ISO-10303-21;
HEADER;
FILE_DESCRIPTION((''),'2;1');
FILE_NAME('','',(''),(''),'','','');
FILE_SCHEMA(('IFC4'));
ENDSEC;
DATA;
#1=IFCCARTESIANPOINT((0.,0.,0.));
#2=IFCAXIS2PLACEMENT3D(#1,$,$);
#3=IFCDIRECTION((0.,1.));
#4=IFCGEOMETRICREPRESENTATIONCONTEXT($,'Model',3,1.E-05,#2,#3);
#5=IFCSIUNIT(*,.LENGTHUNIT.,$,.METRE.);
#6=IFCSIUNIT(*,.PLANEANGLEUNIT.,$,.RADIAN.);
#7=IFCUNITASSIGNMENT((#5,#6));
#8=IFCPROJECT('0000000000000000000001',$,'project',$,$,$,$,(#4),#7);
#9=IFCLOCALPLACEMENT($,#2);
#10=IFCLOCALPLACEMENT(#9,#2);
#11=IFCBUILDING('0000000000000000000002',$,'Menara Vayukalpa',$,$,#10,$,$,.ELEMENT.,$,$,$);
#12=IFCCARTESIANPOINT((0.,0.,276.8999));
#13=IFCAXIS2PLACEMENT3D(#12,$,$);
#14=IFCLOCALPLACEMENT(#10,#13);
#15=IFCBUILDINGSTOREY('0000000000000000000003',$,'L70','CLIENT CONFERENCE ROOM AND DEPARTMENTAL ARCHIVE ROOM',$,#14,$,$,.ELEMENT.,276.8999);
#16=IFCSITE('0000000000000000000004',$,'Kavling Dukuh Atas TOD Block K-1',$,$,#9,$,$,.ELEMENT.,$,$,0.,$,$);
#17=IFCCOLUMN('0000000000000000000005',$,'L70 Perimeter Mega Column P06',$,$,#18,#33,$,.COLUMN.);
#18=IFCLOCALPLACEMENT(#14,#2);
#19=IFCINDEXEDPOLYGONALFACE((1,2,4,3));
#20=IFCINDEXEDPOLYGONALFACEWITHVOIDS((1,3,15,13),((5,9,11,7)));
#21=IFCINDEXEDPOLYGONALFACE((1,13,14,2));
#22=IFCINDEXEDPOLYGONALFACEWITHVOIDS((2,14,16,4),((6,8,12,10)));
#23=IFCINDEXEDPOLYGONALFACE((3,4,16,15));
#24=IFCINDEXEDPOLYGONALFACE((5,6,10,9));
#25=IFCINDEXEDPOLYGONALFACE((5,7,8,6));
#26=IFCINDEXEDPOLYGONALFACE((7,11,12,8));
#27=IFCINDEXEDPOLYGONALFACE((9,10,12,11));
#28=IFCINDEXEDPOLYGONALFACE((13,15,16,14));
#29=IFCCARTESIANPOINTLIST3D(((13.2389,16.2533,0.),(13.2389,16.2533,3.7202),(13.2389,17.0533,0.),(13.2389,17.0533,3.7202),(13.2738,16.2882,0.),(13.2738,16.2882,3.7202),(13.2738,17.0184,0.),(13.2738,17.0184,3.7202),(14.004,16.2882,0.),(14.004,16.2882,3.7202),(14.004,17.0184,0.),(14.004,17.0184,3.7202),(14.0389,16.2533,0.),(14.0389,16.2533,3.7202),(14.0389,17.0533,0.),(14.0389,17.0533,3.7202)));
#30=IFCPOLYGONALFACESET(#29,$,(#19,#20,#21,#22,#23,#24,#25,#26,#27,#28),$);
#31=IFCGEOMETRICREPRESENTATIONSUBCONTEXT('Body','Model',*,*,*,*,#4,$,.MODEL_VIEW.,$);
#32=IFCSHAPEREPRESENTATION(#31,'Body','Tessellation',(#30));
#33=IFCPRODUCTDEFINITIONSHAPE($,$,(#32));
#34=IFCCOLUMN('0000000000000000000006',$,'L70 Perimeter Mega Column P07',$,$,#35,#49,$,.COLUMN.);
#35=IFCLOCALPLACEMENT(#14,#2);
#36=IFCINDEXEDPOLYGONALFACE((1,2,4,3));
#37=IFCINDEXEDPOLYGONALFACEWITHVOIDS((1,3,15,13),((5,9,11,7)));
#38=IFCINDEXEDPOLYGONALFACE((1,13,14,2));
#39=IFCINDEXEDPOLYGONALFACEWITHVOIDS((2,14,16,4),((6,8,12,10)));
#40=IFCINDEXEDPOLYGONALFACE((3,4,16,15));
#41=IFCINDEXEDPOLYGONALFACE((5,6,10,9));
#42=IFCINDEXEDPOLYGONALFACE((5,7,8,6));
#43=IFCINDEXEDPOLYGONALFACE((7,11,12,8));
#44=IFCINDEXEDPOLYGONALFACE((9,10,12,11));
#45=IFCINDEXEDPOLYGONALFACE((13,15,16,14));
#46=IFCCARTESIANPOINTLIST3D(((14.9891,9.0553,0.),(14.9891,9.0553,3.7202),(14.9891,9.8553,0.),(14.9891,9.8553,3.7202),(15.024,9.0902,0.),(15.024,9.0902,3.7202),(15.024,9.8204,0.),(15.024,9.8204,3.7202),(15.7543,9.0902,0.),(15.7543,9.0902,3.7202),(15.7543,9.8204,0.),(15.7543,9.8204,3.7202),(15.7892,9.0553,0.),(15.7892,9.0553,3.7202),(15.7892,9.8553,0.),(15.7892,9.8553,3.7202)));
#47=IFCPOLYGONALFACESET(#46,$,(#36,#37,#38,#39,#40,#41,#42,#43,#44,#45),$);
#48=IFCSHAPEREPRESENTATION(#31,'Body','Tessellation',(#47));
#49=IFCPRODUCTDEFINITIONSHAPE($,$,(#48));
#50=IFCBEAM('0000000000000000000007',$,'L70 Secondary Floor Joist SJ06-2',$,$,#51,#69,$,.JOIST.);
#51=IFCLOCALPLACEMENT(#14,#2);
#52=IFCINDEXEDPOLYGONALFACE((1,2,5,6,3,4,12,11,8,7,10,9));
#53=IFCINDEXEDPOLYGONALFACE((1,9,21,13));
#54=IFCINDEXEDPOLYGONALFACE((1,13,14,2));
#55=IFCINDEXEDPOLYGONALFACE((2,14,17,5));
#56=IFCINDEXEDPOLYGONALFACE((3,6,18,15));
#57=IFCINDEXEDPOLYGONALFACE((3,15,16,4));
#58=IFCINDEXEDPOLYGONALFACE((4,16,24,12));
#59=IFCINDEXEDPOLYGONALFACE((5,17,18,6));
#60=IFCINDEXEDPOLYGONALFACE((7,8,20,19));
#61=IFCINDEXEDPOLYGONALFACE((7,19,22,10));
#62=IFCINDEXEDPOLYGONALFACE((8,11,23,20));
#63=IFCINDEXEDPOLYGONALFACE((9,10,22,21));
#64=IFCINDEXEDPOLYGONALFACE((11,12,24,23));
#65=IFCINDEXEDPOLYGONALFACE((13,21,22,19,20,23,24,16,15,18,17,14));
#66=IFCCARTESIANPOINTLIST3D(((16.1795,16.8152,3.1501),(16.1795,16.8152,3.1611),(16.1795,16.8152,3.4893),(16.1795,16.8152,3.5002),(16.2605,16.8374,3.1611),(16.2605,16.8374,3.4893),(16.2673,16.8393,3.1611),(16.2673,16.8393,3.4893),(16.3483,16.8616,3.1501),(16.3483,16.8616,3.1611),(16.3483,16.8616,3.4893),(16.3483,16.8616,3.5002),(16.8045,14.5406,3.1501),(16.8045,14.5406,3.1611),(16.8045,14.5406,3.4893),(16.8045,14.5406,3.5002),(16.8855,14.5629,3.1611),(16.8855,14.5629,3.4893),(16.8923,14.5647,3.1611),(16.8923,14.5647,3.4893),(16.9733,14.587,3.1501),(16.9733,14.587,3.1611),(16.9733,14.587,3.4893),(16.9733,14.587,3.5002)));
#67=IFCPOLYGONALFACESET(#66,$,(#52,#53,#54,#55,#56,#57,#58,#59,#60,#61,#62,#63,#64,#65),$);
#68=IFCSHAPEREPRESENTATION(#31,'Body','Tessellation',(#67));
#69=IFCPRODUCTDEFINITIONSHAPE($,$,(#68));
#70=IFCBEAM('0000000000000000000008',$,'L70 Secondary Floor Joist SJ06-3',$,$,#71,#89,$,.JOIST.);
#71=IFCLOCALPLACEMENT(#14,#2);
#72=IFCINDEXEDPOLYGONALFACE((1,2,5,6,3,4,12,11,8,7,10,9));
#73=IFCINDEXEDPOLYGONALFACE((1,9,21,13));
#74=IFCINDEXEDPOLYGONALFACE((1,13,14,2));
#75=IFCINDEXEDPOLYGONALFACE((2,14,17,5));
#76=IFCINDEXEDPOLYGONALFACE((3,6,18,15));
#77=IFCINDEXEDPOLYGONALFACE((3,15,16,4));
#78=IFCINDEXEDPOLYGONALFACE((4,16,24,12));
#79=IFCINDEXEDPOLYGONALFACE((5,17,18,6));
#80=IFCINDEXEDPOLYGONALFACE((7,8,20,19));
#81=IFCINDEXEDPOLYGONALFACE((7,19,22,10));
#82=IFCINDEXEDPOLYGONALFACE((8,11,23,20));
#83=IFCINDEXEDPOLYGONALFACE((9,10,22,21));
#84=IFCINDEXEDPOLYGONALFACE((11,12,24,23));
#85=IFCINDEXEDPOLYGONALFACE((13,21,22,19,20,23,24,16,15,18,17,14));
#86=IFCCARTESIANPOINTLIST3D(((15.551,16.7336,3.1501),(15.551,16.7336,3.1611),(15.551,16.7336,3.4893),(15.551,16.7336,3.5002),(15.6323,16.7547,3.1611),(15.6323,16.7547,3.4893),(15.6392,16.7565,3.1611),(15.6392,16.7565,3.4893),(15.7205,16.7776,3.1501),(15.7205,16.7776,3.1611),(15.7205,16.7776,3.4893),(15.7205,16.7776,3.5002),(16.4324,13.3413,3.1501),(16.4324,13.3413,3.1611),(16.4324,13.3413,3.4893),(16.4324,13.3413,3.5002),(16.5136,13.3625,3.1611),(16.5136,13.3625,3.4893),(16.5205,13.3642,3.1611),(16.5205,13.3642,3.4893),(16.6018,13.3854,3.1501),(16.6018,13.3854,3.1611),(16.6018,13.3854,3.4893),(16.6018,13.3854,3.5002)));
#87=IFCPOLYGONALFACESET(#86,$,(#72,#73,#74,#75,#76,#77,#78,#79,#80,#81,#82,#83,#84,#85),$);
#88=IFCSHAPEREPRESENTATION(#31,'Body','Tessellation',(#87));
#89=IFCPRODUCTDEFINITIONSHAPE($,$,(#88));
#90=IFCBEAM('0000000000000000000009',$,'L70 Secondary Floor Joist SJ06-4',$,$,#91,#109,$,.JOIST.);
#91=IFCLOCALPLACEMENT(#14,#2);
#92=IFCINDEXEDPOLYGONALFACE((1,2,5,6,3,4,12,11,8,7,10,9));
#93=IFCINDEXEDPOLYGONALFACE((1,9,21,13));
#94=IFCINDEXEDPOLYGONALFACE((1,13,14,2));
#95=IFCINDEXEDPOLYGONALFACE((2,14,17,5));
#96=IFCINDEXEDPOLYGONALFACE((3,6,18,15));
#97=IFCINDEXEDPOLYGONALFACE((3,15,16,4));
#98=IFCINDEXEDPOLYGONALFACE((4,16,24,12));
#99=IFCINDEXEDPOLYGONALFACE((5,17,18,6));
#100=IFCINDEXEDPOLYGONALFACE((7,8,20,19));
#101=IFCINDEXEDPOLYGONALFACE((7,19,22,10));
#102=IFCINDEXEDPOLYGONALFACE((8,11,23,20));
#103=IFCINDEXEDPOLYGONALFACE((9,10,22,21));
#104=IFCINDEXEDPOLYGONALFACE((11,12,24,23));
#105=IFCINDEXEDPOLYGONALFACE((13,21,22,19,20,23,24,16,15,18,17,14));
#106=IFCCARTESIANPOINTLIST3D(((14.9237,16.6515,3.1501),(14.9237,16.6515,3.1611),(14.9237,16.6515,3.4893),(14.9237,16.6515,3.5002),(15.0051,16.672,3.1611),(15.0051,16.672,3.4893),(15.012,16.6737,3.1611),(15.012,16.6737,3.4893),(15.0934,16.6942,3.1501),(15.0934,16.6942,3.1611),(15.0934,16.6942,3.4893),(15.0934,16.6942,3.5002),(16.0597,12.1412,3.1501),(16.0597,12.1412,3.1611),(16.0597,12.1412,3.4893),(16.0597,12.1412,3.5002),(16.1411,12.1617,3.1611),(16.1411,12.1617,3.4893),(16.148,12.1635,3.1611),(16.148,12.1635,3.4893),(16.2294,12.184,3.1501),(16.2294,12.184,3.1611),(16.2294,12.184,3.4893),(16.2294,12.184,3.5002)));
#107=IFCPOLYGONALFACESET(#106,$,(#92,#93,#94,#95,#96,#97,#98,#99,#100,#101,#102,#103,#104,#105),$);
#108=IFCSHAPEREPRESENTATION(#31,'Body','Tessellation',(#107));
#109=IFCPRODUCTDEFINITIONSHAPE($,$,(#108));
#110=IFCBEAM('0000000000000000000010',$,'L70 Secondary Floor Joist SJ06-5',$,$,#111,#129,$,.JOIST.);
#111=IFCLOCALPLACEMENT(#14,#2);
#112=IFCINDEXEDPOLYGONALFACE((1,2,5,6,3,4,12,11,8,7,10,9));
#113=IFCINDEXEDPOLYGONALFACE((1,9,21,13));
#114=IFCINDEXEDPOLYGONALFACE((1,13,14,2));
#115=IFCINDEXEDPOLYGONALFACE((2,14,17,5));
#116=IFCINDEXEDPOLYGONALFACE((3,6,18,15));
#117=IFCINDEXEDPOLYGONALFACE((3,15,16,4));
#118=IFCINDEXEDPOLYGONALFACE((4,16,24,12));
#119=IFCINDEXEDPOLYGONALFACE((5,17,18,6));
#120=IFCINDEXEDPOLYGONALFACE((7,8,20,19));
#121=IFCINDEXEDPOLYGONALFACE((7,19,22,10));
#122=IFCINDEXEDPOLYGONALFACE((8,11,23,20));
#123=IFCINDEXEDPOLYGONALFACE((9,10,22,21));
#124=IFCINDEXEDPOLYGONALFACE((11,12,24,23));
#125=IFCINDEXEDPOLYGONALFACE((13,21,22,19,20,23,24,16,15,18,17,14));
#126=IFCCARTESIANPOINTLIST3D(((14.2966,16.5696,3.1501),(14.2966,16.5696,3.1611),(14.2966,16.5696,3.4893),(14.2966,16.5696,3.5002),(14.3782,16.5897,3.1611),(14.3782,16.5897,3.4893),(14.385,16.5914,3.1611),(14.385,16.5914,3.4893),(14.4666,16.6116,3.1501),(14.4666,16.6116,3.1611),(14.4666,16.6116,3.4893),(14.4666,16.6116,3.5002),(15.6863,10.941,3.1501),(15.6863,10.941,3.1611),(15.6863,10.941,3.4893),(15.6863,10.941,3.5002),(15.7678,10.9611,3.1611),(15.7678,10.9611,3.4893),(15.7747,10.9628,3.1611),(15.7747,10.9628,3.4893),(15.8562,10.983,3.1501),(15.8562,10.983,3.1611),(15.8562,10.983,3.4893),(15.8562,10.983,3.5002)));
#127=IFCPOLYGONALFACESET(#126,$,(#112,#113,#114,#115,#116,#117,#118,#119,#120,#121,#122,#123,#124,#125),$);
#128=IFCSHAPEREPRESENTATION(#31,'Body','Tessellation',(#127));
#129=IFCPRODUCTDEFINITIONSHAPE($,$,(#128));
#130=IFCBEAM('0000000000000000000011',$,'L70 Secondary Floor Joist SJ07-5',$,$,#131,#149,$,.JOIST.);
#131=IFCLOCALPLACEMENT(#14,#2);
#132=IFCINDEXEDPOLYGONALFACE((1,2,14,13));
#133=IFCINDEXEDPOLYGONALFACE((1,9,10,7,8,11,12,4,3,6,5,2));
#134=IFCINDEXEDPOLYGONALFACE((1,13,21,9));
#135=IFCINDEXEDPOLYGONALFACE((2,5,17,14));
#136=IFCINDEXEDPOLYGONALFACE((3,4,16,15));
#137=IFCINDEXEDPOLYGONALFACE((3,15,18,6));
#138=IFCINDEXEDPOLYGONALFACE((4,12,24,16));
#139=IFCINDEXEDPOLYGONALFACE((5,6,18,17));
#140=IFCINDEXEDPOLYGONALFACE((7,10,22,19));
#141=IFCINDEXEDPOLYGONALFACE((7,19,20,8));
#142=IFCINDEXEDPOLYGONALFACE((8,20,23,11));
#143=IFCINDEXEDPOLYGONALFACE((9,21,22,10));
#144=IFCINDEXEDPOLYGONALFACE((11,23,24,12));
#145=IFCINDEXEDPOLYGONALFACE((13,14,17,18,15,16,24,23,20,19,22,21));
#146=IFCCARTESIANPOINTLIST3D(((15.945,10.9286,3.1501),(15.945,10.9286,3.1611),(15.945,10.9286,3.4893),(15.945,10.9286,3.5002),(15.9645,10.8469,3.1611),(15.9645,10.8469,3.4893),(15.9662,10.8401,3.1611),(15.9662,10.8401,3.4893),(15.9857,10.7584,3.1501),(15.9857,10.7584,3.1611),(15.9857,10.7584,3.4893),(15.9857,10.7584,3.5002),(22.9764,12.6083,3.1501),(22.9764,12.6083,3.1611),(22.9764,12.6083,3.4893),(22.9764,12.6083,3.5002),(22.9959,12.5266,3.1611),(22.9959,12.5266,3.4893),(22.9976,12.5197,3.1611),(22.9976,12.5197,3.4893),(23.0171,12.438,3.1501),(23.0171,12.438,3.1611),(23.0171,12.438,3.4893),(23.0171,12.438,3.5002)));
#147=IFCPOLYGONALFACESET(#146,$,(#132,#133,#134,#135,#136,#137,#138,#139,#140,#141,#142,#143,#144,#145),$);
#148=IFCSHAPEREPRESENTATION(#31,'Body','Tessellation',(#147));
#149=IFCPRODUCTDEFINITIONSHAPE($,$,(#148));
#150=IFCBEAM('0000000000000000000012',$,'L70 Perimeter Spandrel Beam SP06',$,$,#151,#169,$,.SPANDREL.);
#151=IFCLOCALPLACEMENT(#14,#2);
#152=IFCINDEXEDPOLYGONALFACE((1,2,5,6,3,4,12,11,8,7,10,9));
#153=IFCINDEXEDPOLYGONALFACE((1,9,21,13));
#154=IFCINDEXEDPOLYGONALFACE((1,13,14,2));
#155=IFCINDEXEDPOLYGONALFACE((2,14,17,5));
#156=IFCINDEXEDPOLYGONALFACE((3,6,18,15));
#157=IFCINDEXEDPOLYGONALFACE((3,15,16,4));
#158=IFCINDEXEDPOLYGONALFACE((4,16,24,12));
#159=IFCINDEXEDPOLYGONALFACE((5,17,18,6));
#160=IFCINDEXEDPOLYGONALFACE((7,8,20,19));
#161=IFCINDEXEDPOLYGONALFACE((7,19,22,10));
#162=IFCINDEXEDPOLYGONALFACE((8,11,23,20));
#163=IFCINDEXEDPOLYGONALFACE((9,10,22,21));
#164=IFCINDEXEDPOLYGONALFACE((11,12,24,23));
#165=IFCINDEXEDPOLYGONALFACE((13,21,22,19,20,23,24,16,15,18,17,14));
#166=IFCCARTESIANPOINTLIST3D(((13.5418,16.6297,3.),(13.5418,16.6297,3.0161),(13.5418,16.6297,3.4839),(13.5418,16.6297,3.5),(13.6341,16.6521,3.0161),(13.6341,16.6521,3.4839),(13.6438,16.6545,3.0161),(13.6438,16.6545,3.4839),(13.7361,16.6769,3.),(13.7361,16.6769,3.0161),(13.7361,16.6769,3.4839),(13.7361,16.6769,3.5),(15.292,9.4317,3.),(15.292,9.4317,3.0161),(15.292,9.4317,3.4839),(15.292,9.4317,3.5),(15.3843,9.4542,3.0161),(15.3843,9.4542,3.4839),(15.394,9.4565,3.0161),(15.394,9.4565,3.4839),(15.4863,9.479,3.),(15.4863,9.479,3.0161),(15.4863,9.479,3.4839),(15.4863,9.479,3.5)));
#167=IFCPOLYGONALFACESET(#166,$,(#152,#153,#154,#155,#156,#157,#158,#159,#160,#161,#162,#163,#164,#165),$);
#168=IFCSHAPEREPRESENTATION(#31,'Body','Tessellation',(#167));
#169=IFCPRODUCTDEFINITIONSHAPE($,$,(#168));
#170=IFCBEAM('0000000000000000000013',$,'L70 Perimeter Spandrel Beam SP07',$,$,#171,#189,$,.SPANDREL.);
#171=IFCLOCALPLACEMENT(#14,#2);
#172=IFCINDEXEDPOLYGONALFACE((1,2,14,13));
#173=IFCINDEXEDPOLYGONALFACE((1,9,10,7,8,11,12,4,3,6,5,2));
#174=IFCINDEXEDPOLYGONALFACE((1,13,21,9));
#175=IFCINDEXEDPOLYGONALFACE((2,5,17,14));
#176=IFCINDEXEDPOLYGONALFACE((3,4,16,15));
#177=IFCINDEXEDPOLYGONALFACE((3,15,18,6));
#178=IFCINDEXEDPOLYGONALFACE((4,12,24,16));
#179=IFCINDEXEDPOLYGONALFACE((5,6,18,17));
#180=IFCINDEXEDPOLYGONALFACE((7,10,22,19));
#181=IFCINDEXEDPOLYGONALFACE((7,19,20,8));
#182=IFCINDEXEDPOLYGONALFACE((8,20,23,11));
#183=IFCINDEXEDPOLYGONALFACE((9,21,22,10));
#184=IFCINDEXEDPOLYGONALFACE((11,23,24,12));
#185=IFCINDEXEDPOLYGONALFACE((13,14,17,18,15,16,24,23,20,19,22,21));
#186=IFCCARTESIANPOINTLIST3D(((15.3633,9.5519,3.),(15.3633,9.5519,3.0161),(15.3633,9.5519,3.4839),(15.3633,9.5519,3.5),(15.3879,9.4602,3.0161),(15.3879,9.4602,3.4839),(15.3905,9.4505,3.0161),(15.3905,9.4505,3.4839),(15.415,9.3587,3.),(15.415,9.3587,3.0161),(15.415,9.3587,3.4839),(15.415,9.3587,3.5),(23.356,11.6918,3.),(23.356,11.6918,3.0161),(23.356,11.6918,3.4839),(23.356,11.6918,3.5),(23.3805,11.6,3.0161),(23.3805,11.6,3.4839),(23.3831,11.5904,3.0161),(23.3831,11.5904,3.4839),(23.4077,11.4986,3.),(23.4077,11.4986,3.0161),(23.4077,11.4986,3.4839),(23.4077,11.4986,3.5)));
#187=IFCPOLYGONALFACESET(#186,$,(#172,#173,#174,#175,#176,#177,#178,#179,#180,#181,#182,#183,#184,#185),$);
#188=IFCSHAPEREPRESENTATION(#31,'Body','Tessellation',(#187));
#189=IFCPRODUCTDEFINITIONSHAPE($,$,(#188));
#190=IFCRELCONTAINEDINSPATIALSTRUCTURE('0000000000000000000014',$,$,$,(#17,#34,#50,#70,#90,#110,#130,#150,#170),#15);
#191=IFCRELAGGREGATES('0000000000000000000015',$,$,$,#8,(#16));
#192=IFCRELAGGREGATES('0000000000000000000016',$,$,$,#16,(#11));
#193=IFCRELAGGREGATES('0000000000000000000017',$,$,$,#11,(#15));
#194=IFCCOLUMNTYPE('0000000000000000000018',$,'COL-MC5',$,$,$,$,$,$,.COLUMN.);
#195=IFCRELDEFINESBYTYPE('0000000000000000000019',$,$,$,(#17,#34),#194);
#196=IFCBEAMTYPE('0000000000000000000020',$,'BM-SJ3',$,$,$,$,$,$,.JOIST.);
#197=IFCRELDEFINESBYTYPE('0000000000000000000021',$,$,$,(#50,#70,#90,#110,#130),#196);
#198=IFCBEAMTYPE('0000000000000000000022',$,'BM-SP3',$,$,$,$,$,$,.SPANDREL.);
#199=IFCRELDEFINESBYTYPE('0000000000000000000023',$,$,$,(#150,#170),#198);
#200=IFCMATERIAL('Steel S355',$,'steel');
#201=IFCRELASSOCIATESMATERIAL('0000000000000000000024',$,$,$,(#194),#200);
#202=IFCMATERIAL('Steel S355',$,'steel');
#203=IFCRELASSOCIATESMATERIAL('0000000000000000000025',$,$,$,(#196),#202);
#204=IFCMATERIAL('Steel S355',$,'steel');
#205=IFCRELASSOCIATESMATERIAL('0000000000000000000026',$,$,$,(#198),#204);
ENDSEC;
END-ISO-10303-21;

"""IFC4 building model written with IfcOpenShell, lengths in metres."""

from ifc_helpers import new_model, si_unit, direction, frame, origin, origin_2d, place, context, subcontext, project, spatial, hollow_rectangle, i_section, extrude, material, material_profile, profile_set, type_object, element, save


model = new_model("IFC4")

# Units and contexts
model_context = context("Model", 3, precision=1e-05, world=origin(), true_north=direction((0.0, 1.0)))
body_context = subcontext(model_context, "Body", "Model", "MODEL_VIEW")
ifc_project = project(units=[si_unit("LENGTHUNIT", "METRE"), si_unit("PLANEANGLEUNIT", "RADIAN")], contexts=[model_context])

# Site, building, storey
site_placement = place(None, origin())
site = spatial("IfcSite", under=ifc_project, at=site_placement, Name="Kavling Dukuh Atas TOD Block K-1", CompositionType="ELEMENT", RefElevation=0.0)
building_placement = place(site_placement, origin())
building = spatial("IfcBuilding", under=site, at=building_placement, Name="Menara Vayukalpa", CompositionType="ELEMENT")
storey_placement = place(building_placement, frame((0.0, 0.0, 276.8999)))
storey = spatial("IfcBuildingStorey", under=building, at=storey_placement, Name="L70", Description="CLIENT CONFERENCE ROOM AND DEPARTMENTAL ARCHIVE ROOM", CompositionType="ELEMENT", Elevation=276.8999)

# Columns
ifc_material_1 = material(Name="Steel S355", Category="steel")
ifc_material_profile_1 = material_profile(ifc_material_1, hollow_rectangle(XDim=0.8, YDim=0.8, WallThickness=0.0349, at=origin_2d()), Name="BOX 800x800x35")
ifc_profile_set_1 = profile_set([ifc_material_profile_1], Name="Steel S355")
column_type = type_object("IfcColumnType", Name="COL-MC5", PredefinedType="COLUMN", material=ifc_profile_set_1)
for number, where, z_axis, x_axis, name in (
    (1, (13.6389, 16.6533, 0.0), (0.0, 0.0, 1.0), (1.0, 0.0, 0.0), "L70 Perimeter Mega Column P06"),
    (2, (15.3892, 9.4553, 0.0), (0.0, 0.0, 1.0), (1.0, 0.0, 0.0), "L70 Perimeter Mega Column P07"),
):
    element("IfcColumn", number, at=place(storey_placement, frame(where, z_axis=z_axis, x_axis=x_axis)), inside=storey, type_object=column_type, Name=name, PredefinedType="COLUMN", context=body_context, shape_type="SweptSolid", body=[
        extrude(hollow_rectangle(XDim=0.8, YDim=0.8, WallThickness=0.0349, at=origin_2d()), origin(), (0.0, 0.0, 1.0), 3.7202),
    ])

# Beams
ifc_material_2 = material(Name="Steel S355", Category="steel")
ifc_material_profile_2 = material_profile(ifc_material_2, i_section(OverallWidth=0.175, OverallDepth=0.3501, WebThickness=0.0071, FlangeThickness=0.011, at=origin_2d()), Name="WF 350x175x7x11")
ifc_profile_set_2 = profile_set([ifc_material_profile_2], Name="Steel S355")
beam_type_1 = type_object("IfcBeamType", Name="BM-SJ3", PredefinedType="JOIST", material=ifc_profile_set_2)
beam_1_placement = place(storey_placement, frame((16.2639, 16.8384, 3.3252), z_axis=(0.264947, -0.964263, 0.0), x_axis=(0.964263, 0.264947, 0.0)))
element("IfcBeam", 3, at=beam_1_placement, inside=storey, type_object=beam_type_1, Name="L70 Secondary Floor Joist SJ06-2", PredefinedType="JOIST", context=body_context, shape_type="SweptSolid", body=[
    extrude(i_section(OverallWidth=0.175, OverallDepth=0.3501, WebThickness=0.0071, FlangeThickness=0.011, at=origin_2d()), origin(), (0.0, 0.0, 1.0), 2.3589),
])
beam_2_placement = place(storey_placement, frame((15.6357, 16.7556, 3.3252), z_axis=(0.251458, -0.967868, 0.0), x_axis=(0.967868, 0.251458, 0.0)))
element("IfcBeam", 4, at=beam_2_placement, inside=storey, type_object=beam_type_1, Name="L70 Secondary Floor Joist SJ06-3", PredefinedType="JOIST", context=body_context, shape_type="SweptSolid", body=[
    extrude(i_section(OverallWidth=0.175, OverallDepth=0.3501, WebThickness=0.0071, FlangeThickness=0.011, at=origin_2d()), origin(), (0.0, 0.0, 1.0), 3.5049),
])
beam_3_placement = place(storey_placement, frame((15.0085, 16.6729, 3.3252), z_axis=(0.24424, -0.969715, 0.0), x_axis=(0.969715, 0.24424, 0.0)))
element("IfcBeam", 5, at=beam_3_placement, inside=storey, type_object=beam_type_1, Name="L70 Secondary Floor Joist SJ06-4", PredefinedType="JOIST", context=body_context, shape_type="SweptSolid", body=[
    extrude(i_section(OverallWidth=0.175, OverallDepth=0.3501, WebThickness=0.0071, FlangeThickness=0.011, at=origin_2d()), origin(), (0.0, 0.0, 1.0), 4.6511),
])
beam_4_placement = place(storey_placement, frame((14.3816, 16.5906, 3.3252), z_axis=(0.239691, -0.970849, 0.0), x_axis=(0.970849, 0.239691, 0.0)))
element("IfcBeam", 6, at=beam_4_placement, inside=storey, type_object=beam_type_1, Name="L70 Secondary Floor Joist SJ06-5", PredefinedType="JOIST", context=body_context, shape_type="SweptSolid", body=[
    extrude(i_section(OverallWidth=0.175, OverallDepth=0.3501, WebThickness=0.0071, FlangeThickness=0.011, at=origin_2d()), origin(), (0.0, 0.0, 1.0), 5.7976),
])
beam_5_placement = place(storey_placement, frame((15.9653, 10.8435, 3.3252), z_axis=(0.972634, 0.232343, 0.0), x_axis=(-0.232343, 0.972634, 0.0)))
element("IfcBeam", 7, at=beam_5_placement, inside=storey, type_object=beam_type_1, Name="L70 Secondary Floor Joist SJ07-5", PredefinedType="JOIST", context=body_context, shape_type="SweptSolid", body=[
    extrude(i_section(OverallWidth=0.175, OverallDepth=0.3501, WebThickness=0.0071, FlangeThickness=0.011, at=origin_2d()), origin(), (0.0, 0.0, 1.0), 7.2292),
])
ifc_material_3 = material(Name="Steel S355", Category="steel")
ifc_material_profile_3 = material_profile(ifc_material_3, i_section(OverallWidth=0.2, OverallDepth=0.5, WebThickness=0.01, FlangeThickness=0.0161, at=origin_2d()), Name="WF 500x200x10x16")
ifc_profile_set_3 = profile_set([ifc_material_profile_3], Name="Steel S355")
beam_type_2 = type_object("IfcBeamType", Name="BM-SP3", PredefinedType="SPANDREL", material=ifc_profile_set_3)
beam_6_placement = place(storey_placement, frame((13.6389, 16.6533, 3.25), z_axis=(0.236273, -0.971687, 0.0), x_axis=(0.971687, 0.236273, 0.0)))
element("IfcBeam", 8, at=beam_6_placement, inside=storey, type_object=beam_type_2, Name="L70 Perimeter Spandrel Beam SP06", PredefinedType="SPANDREL", context=body_context, shape_type="SweptSolid", body=[
    extrude(i_section(OverallWidth=0.2, OverallDepth=0.5, WebThickness=0.01, FlangeThickness=0.0161, at=origin_2d()), origin(), (0.0, 0.0, 1.0), 7.4077),
])
beam_7_placement = place(storey_placement, frame((15.3892, 9.4553, 3.25), z_axis=(0.965978, 0.258623, 0.0), x_axis=(-0.258623, 0.965978, 0.0)))
element("IfcBeam", 9, at=beam_7_placement, inside=storey, type_object=beam_type_2, Name="L70 Perimeter Spandrel Beam SP07", PredefinedType="SPANDREL", context=body_context, shape_type="SweptSolid", body=[
    extrude(i_section(OverallWidth=0.2, OverallDepth=0.5, WebThickness=0.01, FlangeThickness=0.0161, at=origin_2d()), origin(), (0.0, 0.0, 1.0), 8.2742),
])

save(model, "model.ifc")
